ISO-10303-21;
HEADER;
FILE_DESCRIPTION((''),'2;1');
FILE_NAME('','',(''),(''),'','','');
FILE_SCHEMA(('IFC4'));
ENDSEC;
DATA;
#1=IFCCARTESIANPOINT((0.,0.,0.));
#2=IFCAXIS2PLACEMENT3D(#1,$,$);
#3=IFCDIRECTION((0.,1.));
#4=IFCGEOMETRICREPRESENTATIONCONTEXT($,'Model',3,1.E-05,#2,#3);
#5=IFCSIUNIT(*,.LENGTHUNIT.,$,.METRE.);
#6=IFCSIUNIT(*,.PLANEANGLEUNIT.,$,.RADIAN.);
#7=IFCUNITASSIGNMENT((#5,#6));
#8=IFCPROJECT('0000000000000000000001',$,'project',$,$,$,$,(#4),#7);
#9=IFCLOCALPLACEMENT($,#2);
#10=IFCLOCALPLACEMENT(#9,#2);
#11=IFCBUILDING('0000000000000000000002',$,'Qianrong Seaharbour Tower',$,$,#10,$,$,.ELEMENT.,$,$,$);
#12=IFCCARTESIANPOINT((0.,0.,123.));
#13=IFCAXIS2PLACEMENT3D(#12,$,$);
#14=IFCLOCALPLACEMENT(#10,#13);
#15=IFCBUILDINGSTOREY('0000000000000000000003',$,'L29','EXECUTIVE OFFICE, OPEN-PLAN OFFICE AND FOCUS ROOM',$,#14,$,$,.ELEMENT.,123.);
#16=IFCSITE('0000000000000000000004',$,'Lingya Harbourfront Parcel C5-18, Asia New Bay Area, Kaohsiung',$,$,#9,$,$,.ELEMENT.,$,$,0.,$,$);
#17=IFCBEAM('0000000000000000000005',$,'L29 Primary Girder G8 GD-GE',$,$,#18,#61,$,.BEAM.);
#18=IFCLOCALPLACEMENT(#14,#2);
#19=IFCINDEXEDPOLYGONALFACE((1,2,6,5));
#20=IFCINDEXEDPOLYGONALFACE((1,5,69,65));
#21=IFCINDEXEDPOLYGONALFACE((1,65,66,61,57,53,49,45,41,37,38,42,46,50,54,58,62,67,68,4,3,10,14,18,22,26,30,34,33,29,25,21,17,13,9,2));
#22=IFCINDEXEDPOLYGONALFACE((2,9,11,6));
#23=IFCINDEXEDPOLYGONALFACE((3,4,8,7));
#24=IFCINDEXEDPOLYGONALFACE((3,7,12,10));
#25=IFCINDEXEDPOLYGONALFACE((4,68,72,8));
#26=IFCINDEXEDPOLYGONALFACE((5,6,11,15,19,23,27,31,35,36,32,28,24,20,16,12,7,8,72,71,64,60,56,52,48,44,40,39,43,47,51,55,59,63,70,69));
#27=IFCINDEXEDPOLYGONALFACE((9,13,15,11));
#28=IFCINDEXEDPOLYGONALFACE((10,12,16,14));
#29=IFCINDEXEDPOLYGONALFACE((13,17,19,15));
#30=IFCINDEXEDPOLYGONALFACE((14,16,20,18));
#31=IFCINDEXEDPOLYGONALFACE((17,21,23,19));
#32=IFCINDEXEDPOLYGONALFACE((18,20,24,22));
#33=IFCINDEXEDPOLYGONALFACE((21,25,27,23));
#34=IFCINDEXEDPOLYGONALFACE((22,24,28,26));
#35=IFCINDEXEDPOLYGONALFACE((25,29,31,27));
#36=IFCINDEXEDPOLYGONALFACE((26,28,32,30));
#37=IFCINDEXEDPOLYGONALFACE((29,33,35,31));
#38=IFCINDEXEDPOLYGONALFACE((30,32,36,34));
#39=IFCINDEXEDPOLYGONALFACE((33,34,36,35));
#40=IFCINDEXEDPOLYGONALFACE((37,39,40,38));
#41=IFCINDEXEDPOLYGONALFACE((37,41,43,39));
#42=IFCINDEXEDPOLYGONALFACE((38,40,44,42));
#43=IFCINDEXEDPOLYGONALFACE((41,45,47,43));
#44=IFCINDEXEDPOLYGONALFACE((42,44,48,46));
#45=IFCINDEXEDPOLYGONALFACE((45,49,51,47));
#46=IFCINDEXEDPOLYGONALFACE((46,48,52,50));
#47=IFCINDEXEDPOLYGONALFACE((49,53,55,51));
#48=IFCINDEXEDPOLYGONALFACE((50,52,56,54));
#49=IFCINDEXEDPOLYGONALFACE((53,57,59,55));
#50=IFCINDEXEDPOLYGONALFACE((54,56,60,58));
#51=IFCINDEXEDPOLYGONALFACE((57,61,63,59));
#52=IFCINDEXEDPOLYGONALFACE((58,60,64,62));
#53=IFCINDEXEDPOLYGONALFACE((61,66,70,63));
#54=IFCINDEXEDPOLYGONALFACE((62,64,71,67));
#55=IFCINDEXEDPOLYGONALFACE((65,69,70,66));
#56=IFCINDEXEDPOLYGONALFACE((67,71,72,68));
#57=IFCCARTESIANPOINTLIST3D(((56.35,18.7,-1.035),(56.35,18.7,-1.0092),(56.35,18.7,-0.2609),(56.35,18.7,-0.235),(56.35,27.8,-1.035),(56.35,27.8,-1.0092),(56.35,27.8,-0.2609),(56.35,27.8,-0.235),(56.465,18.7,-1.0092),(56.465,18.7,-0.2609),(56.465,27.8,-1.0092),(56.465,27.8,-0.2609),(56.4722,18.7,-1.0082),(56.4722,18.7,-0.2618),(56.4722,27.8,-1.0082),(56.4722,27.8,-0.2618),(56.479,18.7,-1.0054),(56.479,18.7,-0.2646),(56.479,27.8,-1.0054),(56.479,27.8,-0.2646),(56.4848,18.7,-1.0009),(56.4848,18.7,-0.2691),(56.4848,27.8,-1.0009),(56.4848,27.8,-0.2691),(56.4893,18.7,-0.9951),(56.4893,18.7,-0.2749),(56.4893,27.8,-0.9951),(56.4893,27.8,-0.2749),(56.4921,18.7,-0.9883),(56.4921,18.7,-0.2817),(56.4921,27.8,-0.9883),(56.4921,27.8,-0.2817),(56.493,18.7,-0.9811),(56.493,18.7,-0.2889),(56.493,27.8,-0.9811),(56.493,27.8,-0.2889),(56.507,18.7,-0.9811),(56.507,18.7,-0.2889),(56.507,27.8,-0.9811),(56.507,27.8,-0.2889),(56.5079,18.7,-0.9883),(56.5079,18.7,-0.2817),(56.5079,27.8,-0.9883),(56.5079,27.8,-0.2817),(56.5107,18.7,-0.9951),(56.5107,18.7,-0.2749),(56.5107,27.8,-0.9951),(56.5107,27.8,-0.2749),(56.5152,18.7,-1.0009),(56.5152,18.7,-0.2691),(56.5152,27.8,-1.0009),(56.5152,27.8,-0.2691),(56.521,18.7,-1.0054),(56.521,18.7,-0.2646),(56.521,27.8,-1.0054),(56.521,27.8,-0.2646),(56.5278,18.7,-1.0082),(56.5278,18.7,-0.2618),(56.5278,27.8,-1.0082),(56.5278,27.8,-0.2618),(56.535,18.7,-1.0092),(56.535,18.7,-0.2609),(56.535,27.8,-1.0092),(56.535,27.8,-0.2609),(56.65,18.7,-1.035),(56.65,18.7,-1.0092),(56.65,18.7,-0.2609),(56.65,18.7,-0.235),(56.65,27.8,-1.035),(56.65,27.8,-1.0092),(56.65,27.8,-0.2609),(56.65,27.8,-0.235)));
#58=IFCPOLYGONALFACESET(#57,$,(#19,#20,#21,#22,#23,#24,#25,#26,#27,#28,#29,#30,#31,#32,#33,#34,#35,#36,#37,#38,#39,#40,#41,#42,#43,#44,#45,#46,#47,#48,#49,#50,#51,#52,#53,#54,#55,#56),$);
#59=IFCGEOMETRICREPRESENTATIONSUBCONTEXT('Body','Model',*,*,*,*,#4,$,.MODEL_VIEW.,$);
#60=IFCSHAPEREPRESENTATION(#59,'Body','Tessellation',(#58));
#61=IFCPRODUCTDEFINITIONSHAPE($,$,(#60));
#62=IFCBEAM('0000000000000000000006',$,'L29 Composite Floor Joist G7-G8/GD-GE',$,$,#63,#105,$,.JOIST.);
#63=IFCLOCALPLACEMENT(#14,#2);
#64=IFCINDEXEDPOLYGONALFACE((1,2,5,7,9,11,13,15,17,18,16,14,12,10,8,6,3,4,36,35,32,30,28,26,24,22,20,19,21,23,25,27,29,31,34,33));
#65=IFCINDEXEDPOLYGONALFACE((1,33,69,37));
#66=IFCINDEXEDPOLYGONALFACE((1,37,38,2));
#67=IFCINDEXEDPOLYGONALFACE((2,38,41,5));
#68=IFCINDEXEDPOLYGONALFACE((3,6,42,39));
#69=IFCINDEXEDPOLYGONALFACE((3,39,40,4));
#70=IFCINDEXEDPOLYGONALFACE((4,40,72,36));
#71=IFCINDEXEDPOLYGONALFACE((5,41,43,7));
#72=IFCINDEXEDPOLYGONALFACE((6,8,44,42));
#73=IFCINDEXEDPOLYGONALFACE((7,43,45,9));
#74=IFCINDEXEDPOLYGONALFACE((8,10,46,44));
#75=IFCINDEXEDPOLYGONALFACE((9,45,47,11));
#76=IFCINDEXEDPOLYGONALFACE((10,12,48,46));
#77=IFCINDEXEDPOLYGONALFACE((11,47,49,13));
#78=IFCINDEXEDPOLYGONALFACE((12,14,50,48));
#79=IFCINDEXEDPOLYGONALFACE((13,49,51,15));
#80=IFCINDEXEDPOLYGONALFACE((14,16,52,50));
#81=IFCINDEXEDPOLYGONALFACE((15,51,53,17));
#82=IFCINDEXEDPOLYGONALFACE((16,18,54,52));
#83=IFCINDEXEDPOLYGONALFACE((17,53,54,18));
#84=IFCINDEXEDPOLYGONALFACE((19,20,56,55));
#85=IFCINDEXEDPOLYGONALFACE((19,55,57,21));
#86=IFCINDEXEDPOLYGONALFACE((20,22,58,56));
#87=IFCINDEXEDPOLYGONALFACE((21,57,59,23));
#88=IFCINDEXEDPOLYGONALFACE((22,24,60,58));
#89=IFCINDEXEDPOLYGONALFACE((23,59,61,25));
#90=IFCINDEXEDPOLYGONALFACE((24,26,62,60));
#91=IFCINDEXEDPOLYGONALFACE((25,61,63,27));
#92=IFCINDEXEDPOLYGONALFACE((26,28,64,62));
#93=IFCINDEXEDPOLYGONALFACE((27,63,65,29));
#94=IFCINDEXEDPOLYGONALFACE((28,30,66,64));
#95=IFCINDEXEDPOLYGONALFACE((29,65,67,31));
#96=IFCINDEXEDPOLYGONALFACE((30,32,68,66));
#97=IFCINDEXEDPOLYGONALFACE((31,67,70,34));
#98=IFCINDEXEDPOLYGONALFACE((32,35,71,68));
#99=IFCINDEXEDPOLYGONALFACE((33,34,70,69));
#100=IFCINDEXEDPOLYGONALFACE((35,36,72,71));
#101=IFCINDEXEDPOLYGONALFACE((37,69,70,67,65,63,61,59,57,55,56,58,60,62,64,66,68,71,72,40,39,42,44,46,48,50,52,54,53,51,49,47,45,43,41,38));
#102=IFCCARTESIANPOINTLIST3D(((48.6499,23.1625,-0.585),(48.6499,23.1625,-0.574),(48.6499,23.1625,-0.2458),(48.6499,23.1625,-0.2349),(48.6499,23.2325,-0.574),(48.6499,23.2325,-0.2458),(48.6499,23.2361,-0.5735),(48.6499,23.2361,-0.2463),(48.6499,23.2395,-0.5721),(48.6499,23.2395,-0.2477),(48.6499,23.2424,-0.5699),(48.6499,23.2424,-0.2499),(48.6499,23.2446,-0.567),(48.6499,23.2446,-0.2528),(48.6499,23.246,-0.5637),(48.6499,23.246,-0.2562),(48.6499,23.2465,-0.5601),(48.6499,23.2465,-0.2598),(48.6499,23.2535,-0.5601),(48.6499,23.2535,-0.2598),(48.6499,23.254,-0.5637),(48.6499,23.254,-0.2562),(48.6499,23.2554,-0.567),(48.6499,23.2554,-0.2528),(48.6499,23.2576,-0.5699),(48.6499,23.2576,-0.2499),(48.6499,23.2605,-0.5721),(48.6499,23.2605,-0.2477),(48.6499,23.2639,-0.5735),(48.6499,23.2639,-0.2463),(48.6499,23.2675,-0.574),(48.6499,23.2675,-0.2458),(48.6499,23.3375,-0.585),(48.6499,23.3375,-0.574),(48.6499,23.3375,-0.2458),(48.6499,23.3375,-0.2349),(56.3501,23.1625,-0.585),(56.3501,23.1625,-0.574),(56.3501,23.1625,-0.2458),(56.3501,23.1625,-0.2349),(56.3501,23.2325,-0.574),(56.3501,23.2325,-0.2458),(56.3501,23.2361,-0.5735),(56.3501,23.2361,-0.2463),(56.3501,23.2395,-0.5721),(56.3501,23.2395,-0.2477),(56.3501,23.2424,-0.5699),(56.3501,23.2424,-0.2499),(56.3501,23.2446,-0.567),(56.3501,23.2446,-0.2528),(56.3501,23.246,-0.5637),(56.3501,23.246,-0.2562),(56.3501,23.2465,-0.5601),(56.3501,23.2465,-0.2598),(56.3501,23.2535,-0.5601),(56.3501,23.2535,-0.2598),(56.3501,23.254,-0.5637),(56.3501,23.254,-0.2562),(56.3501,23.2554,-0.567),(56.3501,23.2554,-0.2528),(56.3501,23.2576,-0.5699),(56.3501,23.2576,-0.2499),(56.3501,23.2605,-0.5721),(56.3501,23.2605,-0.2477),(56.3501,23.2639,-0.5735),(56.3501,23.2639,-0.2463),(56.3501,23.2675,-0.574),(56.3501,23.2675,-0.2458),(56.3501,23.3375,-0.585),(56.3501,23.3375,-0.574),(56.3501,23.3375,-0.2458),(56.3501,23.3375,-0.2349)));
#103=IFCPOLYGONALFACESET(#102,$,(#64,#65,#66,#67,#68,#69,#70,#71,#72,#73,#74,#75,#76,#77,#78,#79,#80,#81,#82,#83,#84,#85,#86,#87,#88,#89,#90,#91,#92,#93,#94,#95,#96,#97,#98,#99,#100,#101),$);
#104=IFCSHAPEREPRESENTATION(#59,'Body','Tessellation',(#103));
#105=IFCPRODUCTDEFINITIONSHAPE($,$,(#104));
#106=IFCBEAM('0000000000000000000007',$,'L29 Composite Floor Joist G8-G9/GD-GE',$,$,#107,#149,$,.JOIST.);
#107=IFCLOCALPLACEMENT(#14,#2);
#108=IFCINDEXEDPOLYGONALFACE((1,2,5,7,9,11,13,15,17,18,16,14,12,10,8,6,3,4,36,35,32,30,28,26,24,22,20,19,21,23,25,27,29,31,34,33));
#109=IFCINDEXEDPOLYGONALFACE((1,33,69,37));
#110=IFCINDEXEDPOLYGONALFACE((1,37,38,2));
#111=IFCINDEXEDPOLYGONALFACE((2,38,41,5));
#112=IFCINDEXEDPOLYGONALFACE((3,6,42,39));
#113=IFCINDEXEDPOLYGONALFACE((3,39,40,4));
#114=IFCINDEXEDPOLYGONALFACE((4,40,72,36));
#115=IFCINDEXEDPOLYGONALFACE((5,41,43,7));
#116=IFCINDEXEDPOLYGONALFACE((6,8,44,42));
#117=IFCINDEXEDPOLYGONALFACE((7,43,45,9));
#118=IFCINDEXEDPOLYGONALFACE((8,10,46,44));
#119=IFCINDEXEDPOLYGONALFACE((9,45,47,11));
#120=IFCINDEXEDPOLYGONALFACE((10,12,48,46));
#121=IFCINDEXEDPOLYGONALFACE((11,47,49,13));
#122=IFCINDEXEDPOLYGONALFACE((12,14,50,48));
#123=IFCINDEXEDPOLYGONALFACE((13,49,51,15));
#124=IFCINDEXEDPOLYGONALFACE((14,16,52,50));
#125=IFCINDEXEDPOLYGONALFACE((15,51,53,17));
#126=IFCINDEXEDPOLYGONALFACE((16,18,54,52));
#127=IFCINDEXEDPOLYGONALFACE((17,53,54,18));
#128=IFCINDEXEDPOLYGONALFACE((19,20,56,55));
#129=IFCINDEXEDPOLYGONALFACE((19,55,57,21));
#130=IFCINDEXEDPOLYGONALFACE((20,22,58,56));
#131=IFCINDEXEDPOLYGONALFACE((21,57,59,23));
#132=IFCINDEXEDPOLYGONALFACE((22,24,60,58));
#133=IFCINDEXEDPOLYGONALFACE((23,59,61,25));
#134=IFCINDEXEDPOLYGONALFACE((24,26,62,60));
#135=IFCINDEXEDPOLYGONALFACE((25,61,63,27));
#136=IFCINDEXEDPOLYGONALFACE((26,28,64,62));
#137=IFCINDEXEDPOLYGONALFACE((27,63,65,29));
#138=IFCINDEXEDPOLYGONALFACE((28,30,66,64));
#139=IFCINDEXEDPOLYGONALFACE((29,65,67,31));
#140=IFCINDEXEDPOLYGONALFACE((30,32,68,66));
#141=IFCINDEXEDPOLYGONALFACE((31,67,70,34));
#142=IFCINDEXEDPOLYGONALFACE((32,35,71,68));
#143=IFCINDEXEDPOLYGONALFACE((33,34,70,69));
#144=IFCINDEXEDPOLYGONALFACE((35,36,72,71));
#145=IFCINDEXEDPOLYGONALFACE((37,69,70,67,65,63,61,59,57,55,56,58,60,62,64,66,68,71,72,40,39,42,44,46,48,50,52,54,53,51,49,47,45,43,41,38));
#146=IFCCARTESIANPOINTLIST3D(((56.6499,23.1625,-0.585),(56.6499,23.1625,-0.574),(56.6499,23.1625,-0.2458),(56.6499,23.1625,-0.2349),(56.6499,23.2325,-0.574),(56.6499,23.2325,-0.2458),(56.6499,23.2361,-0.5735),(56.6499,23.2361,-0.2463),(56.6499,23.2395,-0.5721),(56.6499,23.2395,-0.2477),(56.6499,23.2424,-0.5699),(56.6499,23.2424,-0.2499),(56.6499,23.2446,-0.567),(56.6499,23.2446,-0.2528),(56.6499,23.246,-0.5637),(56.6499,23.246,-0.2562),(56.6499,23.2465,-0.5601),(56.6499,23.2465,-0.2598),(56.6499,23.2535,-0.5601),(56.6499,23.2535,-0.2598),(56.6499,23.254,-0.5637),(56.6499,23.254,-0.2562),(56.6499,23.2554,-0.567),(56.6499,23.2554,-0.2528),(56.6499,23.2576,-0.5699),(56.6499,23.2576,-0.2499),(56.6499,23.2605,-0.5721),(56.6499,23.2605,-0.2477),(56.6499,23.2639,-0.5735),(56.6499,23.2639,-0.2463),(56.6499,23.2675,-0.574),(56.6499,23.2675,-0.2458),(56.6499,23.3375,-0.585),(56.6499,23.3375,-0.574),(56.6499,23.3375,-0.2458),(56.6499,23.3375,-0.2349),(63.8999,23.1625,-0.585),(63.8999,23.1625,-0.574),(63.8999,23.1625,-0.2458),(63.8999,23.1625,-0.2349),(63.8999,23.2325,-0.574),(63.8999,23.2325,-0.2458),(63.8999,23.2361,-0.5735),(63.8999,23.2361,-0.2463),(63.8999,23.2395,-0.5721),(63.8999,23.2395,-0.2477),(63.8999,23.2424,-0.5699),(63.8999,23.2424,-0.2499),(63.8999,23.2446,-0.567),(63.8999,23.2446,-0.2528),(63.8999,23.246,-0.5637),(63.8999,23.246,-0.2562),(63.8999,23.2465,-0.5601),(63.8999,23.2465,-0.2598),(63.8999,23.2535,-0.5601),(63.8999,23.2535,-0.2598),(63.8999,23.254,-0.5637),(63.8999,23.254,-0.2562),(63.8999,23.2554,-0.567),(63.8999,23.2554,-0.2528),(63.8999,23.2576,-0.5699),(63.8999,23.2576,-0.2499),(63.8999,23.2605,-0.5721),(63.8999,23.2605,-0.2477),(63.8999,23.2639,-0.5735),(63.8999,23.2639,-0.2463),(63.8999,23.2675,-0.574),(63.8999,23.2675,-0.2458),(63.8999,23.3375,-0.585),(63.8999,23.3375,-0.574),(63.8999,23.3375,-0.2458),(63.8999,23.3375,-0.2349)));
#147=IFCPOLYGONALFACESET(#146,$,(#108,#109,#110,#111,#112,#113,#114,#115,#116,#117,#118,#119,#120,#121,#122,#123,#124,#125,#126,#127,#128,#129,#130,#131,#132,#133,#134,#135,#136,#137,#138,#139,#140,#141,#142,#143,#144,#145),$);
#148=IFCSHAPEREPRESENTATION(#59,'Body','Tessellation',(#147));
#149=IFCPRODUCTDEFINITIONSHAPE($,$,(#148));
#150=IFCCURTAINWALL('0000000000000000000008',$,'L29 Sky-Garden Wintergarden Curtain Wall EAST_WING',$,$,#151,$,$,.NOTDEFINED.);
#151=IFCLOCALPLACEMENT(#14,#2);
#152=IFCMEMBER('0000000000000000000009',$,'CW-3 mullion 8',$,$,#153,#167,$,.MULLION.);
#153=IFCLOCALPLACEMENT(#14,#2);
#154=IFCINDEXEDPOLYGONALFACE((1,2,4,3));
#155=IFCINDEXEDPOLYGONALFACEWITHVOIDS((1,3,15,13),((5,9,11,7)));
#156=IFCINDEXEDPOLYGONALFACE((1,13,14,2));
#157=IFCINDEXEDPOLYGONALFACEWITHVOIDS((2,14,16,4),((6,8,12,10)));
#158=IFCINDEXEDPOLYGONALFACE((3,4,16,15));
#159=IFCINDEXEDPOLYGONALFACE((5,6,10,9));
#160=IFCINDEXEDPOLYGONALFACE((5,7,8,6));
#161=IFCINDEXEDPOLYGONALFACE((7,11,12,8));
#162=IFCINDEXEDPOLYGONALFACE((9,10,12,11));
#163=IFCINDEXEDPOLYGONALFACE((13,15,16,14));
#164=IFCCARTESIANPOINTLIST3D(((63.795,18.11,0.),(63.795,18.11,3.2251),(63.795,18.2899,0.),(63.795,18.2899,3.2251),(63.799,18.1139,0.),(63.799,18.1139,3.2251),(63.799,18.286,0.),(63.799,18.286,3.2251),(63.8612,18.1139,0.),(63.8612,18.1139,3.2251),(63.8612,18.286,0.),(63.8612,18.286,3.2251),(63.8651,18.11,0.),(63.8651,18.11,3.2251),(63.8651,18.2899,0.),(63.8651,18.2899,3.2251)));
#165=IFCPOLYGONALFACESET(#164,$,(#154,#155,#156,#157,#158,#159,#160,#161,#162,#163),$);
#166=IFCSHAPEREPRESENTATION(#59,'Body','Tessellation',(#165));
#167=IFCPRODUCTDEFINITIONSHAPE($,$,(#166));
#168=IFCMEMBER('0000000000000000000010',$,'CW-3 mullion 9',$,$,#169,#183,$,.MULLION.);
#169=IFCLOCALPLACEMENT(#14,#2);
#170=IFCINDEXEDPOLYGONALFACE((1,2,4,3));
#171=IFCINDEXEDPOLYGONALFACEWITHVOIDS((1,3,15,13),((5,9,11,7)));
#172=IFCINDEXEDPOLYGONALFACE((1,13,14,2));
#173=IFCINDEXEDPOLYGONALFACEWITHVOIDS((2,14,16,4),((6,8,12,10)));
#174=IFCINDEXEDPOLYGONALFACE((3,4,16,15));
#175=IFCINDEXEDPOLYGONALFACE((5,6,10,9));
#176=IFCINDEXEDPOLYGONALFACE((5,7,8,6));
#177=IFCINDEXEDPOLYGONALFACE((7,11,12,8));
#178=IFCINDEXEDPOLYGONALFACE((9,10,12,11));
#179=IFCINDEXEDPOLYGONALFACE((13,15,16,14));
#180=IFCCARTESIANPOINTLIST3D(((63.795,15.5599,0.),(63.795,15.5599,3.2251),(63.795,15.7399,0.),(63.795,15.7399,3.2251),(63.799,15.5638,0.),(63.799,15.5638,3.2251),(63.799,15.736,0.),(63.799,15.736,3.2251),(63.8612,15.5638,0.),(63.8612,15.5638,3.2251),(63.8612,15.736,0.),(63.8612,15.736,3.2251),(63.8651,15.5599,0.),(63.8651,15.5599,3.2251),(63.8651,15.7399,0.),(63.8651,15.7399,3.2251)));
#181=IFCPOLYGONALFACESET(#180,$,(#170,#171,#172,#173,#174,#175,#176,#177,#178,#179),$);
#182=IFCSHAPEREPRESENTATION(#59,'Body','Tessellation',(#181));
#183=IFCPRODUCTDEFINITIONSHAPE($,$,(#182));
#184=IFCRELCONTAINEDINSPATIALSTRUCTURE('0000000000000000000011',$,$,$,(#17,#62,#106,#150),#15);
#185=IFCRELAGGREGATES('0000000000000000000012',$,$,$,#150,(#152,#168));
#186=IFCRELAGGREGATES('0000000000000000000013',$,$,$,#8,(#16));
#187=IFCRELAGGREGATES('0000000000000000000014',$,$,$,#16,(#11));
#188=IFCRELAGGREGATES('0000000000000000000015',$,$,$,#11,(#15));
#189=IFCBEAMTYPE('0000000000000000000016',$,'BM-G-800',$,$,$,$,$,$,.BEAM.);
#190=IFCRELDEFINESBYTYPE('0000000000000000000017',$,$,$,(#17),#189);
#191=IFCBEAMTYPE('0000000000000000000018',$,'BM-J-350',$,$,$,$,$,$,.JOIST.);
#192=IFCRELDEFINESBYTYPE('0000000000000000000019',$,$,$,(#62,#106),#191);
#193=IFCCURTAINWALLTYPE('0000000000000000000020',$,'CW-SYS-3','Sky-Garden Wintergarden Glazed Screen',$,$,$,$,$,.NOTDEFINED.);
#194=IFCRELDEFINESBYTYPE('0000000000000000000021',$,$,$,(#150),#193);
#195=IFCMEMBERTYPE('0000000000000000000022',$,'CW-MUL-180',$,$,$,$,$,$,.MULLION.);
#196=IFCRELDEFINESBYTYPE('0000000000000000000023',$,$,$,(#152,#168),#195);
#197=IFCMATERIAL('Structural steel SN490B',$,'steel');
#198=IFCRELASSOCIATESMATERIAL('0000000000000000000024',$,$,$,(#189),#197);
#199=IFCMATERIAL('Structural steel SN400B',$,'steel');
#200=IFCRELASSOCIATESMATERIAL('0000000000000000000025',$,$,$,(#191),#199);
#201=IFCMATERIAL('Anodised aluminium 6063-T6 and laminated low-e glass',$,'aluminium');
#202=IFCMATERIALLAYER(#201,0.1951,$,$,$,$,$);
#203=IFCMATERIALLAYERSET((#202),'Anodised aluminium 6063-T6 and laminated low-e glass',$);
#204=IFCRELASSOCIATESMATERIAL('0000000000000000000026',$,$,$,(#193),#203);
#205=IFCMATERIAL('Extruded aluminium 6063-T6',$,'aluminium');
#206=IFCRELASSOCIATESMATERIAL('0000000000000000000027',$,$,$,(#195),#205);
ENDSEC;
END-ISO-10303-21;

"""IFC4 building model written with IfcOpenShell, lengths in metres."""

from ifc_helpers import new_model, si_unit, direction, frame, origin, origin_2d, place, context, subcontext, project, spatial, hollow_rectangle, i_section, extrude, material, layer, layer_set, material_profile, profile_set, type_object, element, aggregate, save


model = new_model("IFC4")

# Units and contexts
model_context = context("Model", 3, precision=1e-05, world=origin(), true_north=direction((0.0, 1.0)))
body_context = subcontext(model_context, "Body", "Model", "MODEL_VIEW")
ifc_project = project(units=[si_unit("LENGTHUNIT", "METRE"), si_unit("PLANEANGLEUNIT", "RADIAN")], contexts=[model_context])

# Site, building, storey
site_placement = place(None, origin())
site = spatial("IfcSite", under=ifc_project, at=site_placement, Name="Lingya Harbourfront Parcel C5-18, Asia New Bay Area, Kaohsiung", CompositionType="ELEMENT", RefElevation=0.0)
building_placement = place(site_placement, origin())
building = spatial("IfcBuilding", under=site, at=building_placement, Name="Qianrong Seaharbour Tower", CompositionType="ELEMENT")
storey_placement = place(building_placement, frame((0.0, 0.0, 123.0)))
storey = spatial("IfcBuildingStorey", under=building, at=storey_placement, Name="L29", Description="EXECUTIVE OFFICE, OPEN-PLAN OFFICE AND FOCUS ROOM", CompositionType="ELEMENT", Elevation=123.0)

# Shared definitions
ifc_material_1 = material(Name="Structural steel SN490B", Category="steel")

# Beams
ifc_material_profile_1 = material_profile(ifc_material_1, i_section(OverallWidth=0.3, OverallDepth=0.8, WebThickness=0.0139, FlangeThickness=0.0259, FilletRadius=0.0281, at=origin_2d()), Name="H800x300x14x26")
ifc_profile_set_1 = profile_set([ifc_material_profile_1], Name="Structural steel SN490B")
beam_type_1 = type_object("IfcBeamType", Name="BM-G-800", PredefinedType="BEAM", material=ifc_profile_set_1)
for number, where, z_axis, x_axis, name in (
    (1, (56.5, 18.7, -0.635), (0.0, 1.0, 0.0), (-1.0, 0.0, 0.0), "L29 Primary Girder G8 GD-GE"),
):
    element("IfcBeam", number, at=place(storey_placement, frame(where, z_axis=z_axis, x_axis=x_axis)), inside=storey, type_object=beam_type_1, Name=name, PredefinedType="BEAM", context=body_context, shape_type="SweptSolid", body=[
        extrude(i_section(OverallWidth=0.3, OverallDepth=0.8, WebThickness=0.0139, FlangeThickness=0.0259, FilletRadius=0.0281, at=origin_2d()), origin(), (0.0, 0.0, 1.0), 9.1001),
    ])
ifc_material_2 = material(Name="Structural steel SN400B", Category="steel")
ifc_material_profile_2 = material_profile(ifc_material_2, i_section(OverallWidth=0.175, OverallDepth=0.3501, WebThickness=0.0071, FlangeThickness=0.011, FilletRadius=0.0139, at=origin_2d()), Name="H350x175x7x11")
ifc_profile_set_2 = profile_set([ifc_material_profile_2], Name="Structural steel SN400B")
beam_type_2 = type_object("IfcBeamType", Name="BM-J-350", PredefinedType="JOIST", material=ifc_profile_set_2)
beam_1_placement = place(storey_placement, frame((48.6499, 23.25, -0.4099), z_axis=(1.0, 0.0, 0.0), x_axis=(0.0, 1.0, 0.0)))
element("IfcBeam", 2, at=beam_1_placement, inside=storey, type_object=beam_type_2, Name="L29 Composite Floor Joist G7-G8/GD-GE", PredefinedType="JOIST", context=body_context, shape_type="SweptSolid", body=[
    extrude(i_section(OverallWidth=0.175, OverallDepth=0.3501, WebThickness=0.0071, FlangeThickness=0.011, FilletRadius=0.0139, at=origin_2d()), origin(), (0.0, 0.0, 1.0), 7.7002),
])
beam_2_placement = place(storey_placement, frame((56.6499, 23.25, -0.4099), z_axis=(1.0, 0.0, 0.0), x_axis=(0.0, 1.0, 0.0)))
element("IfcBeam", 3, at=beam_2_placement, inside=storey, type_object=beam_type_2, Name="L29 Composite Floor Joist G8-G9/GD-GE", PredefinedType="JOIST", context=body_context, shape_type="SweptSolid", body=[
    extrude(i_section(OverallWidth=0.175, OverallDepth=0.3501, WebThickness=0.0071, FlangeThickness=0.011, FilletRadius=0.0139, at=origin_2d()), origin(), (0.0, 0.0, 1.0), 7.25),
])

# Curtain wall, members
ifc_material_3 = material(Name="Anodised aluminium 6063-T6 and laminated low-e glass", Category="aluminium")
ifc_layer_1 = layer(ifc_material_3, 0.1951)
ifc_layer_set_1 = layer_set([ifc_layer_1], Name="Anodised aluminium 6063-T6 and laminated low-e glass")
curtain_wall_type = type_object("IfcCurtainWallType", Name="CW-SYS-3", Description="Sky-Garden Wintergarden Glazed Screen", PredefinedType="NOTDEFINED", material=ifc_layer_set_1)
curtain_wall_placement = place(storey_placement, origin())
curtain_wall = element("IfcCurtainWall", 4, at=curtain_wall_placement, inside=storey, type_object=curtain_wall_type, Name="L29 Sky-Garden Wintergarden Curtain Wall EAST_WING", PredefinedType="NOTDEFINED")
ifc_material_4 = material(Name="Extruded aluminium 6063-T6", Category="aluminium")
ifc_material_profile_3 = material_profile(ifc_material_4, hollow_rectangle(XDim=0.0701, YDim=0.1799, WallThickness=0.0039, at=origin_2d()), Name="ALU-MUL-180x70x4")
ifc_profile_set_3 = profile_set([ifc_material_profile_3], Name="Extruded aluminium 6063-T6")
member_type_1 = type_object("IfcMemberType", Name="CW-MUL-180", PredefinedType="MULLION", material=ifc_profile_set_3)
member_1_placement = place(storey_placement, frame((63.8301, 18.2, 0.0), z_axis=(0.0, 0.0, 1.0), x_axis=(1.0, 0.0, 0.0)))
member_1 = element("IfcMember", 5, at=member_1_placement, type_object=member_type_1, Name="CW-3 mullion 8", PredefinedType="MULLION", context=body_context, shape_type="SweptSolid", body=[
    extrude(hollow_rectangle(XDim=0.0701, YDim=0.1799, WallThickness=0.0039, at=origin_2d()), origin(), (0.0, 0.0, 1.0), 3.2251),
])
member_2_placement = place(storey_placement, frame((63.8301, 15.6499, 0.0), z_axis=(0.0, 0.0, 1.0), x_axis=(1.0, 0.0, 0.0)))
member_2 = element("IfcMember", 6, at=member_2_placement, type_object=member_type_1, Name="CW-3 mullion 9", PredefinedType="MULLION", context=body_context, shape_type="SweptSolid", body=[
    extrude(hollow_rectangle(XDim=0.0701, YDim=0.1799, WallThickness=0.0039, at=origin_2d()), origin(), (0.0, 0.0, 1.0), 3.2251),
])
aggregate(curtain_wall, [member_1, member_2])

save(model, "model.ifc")
